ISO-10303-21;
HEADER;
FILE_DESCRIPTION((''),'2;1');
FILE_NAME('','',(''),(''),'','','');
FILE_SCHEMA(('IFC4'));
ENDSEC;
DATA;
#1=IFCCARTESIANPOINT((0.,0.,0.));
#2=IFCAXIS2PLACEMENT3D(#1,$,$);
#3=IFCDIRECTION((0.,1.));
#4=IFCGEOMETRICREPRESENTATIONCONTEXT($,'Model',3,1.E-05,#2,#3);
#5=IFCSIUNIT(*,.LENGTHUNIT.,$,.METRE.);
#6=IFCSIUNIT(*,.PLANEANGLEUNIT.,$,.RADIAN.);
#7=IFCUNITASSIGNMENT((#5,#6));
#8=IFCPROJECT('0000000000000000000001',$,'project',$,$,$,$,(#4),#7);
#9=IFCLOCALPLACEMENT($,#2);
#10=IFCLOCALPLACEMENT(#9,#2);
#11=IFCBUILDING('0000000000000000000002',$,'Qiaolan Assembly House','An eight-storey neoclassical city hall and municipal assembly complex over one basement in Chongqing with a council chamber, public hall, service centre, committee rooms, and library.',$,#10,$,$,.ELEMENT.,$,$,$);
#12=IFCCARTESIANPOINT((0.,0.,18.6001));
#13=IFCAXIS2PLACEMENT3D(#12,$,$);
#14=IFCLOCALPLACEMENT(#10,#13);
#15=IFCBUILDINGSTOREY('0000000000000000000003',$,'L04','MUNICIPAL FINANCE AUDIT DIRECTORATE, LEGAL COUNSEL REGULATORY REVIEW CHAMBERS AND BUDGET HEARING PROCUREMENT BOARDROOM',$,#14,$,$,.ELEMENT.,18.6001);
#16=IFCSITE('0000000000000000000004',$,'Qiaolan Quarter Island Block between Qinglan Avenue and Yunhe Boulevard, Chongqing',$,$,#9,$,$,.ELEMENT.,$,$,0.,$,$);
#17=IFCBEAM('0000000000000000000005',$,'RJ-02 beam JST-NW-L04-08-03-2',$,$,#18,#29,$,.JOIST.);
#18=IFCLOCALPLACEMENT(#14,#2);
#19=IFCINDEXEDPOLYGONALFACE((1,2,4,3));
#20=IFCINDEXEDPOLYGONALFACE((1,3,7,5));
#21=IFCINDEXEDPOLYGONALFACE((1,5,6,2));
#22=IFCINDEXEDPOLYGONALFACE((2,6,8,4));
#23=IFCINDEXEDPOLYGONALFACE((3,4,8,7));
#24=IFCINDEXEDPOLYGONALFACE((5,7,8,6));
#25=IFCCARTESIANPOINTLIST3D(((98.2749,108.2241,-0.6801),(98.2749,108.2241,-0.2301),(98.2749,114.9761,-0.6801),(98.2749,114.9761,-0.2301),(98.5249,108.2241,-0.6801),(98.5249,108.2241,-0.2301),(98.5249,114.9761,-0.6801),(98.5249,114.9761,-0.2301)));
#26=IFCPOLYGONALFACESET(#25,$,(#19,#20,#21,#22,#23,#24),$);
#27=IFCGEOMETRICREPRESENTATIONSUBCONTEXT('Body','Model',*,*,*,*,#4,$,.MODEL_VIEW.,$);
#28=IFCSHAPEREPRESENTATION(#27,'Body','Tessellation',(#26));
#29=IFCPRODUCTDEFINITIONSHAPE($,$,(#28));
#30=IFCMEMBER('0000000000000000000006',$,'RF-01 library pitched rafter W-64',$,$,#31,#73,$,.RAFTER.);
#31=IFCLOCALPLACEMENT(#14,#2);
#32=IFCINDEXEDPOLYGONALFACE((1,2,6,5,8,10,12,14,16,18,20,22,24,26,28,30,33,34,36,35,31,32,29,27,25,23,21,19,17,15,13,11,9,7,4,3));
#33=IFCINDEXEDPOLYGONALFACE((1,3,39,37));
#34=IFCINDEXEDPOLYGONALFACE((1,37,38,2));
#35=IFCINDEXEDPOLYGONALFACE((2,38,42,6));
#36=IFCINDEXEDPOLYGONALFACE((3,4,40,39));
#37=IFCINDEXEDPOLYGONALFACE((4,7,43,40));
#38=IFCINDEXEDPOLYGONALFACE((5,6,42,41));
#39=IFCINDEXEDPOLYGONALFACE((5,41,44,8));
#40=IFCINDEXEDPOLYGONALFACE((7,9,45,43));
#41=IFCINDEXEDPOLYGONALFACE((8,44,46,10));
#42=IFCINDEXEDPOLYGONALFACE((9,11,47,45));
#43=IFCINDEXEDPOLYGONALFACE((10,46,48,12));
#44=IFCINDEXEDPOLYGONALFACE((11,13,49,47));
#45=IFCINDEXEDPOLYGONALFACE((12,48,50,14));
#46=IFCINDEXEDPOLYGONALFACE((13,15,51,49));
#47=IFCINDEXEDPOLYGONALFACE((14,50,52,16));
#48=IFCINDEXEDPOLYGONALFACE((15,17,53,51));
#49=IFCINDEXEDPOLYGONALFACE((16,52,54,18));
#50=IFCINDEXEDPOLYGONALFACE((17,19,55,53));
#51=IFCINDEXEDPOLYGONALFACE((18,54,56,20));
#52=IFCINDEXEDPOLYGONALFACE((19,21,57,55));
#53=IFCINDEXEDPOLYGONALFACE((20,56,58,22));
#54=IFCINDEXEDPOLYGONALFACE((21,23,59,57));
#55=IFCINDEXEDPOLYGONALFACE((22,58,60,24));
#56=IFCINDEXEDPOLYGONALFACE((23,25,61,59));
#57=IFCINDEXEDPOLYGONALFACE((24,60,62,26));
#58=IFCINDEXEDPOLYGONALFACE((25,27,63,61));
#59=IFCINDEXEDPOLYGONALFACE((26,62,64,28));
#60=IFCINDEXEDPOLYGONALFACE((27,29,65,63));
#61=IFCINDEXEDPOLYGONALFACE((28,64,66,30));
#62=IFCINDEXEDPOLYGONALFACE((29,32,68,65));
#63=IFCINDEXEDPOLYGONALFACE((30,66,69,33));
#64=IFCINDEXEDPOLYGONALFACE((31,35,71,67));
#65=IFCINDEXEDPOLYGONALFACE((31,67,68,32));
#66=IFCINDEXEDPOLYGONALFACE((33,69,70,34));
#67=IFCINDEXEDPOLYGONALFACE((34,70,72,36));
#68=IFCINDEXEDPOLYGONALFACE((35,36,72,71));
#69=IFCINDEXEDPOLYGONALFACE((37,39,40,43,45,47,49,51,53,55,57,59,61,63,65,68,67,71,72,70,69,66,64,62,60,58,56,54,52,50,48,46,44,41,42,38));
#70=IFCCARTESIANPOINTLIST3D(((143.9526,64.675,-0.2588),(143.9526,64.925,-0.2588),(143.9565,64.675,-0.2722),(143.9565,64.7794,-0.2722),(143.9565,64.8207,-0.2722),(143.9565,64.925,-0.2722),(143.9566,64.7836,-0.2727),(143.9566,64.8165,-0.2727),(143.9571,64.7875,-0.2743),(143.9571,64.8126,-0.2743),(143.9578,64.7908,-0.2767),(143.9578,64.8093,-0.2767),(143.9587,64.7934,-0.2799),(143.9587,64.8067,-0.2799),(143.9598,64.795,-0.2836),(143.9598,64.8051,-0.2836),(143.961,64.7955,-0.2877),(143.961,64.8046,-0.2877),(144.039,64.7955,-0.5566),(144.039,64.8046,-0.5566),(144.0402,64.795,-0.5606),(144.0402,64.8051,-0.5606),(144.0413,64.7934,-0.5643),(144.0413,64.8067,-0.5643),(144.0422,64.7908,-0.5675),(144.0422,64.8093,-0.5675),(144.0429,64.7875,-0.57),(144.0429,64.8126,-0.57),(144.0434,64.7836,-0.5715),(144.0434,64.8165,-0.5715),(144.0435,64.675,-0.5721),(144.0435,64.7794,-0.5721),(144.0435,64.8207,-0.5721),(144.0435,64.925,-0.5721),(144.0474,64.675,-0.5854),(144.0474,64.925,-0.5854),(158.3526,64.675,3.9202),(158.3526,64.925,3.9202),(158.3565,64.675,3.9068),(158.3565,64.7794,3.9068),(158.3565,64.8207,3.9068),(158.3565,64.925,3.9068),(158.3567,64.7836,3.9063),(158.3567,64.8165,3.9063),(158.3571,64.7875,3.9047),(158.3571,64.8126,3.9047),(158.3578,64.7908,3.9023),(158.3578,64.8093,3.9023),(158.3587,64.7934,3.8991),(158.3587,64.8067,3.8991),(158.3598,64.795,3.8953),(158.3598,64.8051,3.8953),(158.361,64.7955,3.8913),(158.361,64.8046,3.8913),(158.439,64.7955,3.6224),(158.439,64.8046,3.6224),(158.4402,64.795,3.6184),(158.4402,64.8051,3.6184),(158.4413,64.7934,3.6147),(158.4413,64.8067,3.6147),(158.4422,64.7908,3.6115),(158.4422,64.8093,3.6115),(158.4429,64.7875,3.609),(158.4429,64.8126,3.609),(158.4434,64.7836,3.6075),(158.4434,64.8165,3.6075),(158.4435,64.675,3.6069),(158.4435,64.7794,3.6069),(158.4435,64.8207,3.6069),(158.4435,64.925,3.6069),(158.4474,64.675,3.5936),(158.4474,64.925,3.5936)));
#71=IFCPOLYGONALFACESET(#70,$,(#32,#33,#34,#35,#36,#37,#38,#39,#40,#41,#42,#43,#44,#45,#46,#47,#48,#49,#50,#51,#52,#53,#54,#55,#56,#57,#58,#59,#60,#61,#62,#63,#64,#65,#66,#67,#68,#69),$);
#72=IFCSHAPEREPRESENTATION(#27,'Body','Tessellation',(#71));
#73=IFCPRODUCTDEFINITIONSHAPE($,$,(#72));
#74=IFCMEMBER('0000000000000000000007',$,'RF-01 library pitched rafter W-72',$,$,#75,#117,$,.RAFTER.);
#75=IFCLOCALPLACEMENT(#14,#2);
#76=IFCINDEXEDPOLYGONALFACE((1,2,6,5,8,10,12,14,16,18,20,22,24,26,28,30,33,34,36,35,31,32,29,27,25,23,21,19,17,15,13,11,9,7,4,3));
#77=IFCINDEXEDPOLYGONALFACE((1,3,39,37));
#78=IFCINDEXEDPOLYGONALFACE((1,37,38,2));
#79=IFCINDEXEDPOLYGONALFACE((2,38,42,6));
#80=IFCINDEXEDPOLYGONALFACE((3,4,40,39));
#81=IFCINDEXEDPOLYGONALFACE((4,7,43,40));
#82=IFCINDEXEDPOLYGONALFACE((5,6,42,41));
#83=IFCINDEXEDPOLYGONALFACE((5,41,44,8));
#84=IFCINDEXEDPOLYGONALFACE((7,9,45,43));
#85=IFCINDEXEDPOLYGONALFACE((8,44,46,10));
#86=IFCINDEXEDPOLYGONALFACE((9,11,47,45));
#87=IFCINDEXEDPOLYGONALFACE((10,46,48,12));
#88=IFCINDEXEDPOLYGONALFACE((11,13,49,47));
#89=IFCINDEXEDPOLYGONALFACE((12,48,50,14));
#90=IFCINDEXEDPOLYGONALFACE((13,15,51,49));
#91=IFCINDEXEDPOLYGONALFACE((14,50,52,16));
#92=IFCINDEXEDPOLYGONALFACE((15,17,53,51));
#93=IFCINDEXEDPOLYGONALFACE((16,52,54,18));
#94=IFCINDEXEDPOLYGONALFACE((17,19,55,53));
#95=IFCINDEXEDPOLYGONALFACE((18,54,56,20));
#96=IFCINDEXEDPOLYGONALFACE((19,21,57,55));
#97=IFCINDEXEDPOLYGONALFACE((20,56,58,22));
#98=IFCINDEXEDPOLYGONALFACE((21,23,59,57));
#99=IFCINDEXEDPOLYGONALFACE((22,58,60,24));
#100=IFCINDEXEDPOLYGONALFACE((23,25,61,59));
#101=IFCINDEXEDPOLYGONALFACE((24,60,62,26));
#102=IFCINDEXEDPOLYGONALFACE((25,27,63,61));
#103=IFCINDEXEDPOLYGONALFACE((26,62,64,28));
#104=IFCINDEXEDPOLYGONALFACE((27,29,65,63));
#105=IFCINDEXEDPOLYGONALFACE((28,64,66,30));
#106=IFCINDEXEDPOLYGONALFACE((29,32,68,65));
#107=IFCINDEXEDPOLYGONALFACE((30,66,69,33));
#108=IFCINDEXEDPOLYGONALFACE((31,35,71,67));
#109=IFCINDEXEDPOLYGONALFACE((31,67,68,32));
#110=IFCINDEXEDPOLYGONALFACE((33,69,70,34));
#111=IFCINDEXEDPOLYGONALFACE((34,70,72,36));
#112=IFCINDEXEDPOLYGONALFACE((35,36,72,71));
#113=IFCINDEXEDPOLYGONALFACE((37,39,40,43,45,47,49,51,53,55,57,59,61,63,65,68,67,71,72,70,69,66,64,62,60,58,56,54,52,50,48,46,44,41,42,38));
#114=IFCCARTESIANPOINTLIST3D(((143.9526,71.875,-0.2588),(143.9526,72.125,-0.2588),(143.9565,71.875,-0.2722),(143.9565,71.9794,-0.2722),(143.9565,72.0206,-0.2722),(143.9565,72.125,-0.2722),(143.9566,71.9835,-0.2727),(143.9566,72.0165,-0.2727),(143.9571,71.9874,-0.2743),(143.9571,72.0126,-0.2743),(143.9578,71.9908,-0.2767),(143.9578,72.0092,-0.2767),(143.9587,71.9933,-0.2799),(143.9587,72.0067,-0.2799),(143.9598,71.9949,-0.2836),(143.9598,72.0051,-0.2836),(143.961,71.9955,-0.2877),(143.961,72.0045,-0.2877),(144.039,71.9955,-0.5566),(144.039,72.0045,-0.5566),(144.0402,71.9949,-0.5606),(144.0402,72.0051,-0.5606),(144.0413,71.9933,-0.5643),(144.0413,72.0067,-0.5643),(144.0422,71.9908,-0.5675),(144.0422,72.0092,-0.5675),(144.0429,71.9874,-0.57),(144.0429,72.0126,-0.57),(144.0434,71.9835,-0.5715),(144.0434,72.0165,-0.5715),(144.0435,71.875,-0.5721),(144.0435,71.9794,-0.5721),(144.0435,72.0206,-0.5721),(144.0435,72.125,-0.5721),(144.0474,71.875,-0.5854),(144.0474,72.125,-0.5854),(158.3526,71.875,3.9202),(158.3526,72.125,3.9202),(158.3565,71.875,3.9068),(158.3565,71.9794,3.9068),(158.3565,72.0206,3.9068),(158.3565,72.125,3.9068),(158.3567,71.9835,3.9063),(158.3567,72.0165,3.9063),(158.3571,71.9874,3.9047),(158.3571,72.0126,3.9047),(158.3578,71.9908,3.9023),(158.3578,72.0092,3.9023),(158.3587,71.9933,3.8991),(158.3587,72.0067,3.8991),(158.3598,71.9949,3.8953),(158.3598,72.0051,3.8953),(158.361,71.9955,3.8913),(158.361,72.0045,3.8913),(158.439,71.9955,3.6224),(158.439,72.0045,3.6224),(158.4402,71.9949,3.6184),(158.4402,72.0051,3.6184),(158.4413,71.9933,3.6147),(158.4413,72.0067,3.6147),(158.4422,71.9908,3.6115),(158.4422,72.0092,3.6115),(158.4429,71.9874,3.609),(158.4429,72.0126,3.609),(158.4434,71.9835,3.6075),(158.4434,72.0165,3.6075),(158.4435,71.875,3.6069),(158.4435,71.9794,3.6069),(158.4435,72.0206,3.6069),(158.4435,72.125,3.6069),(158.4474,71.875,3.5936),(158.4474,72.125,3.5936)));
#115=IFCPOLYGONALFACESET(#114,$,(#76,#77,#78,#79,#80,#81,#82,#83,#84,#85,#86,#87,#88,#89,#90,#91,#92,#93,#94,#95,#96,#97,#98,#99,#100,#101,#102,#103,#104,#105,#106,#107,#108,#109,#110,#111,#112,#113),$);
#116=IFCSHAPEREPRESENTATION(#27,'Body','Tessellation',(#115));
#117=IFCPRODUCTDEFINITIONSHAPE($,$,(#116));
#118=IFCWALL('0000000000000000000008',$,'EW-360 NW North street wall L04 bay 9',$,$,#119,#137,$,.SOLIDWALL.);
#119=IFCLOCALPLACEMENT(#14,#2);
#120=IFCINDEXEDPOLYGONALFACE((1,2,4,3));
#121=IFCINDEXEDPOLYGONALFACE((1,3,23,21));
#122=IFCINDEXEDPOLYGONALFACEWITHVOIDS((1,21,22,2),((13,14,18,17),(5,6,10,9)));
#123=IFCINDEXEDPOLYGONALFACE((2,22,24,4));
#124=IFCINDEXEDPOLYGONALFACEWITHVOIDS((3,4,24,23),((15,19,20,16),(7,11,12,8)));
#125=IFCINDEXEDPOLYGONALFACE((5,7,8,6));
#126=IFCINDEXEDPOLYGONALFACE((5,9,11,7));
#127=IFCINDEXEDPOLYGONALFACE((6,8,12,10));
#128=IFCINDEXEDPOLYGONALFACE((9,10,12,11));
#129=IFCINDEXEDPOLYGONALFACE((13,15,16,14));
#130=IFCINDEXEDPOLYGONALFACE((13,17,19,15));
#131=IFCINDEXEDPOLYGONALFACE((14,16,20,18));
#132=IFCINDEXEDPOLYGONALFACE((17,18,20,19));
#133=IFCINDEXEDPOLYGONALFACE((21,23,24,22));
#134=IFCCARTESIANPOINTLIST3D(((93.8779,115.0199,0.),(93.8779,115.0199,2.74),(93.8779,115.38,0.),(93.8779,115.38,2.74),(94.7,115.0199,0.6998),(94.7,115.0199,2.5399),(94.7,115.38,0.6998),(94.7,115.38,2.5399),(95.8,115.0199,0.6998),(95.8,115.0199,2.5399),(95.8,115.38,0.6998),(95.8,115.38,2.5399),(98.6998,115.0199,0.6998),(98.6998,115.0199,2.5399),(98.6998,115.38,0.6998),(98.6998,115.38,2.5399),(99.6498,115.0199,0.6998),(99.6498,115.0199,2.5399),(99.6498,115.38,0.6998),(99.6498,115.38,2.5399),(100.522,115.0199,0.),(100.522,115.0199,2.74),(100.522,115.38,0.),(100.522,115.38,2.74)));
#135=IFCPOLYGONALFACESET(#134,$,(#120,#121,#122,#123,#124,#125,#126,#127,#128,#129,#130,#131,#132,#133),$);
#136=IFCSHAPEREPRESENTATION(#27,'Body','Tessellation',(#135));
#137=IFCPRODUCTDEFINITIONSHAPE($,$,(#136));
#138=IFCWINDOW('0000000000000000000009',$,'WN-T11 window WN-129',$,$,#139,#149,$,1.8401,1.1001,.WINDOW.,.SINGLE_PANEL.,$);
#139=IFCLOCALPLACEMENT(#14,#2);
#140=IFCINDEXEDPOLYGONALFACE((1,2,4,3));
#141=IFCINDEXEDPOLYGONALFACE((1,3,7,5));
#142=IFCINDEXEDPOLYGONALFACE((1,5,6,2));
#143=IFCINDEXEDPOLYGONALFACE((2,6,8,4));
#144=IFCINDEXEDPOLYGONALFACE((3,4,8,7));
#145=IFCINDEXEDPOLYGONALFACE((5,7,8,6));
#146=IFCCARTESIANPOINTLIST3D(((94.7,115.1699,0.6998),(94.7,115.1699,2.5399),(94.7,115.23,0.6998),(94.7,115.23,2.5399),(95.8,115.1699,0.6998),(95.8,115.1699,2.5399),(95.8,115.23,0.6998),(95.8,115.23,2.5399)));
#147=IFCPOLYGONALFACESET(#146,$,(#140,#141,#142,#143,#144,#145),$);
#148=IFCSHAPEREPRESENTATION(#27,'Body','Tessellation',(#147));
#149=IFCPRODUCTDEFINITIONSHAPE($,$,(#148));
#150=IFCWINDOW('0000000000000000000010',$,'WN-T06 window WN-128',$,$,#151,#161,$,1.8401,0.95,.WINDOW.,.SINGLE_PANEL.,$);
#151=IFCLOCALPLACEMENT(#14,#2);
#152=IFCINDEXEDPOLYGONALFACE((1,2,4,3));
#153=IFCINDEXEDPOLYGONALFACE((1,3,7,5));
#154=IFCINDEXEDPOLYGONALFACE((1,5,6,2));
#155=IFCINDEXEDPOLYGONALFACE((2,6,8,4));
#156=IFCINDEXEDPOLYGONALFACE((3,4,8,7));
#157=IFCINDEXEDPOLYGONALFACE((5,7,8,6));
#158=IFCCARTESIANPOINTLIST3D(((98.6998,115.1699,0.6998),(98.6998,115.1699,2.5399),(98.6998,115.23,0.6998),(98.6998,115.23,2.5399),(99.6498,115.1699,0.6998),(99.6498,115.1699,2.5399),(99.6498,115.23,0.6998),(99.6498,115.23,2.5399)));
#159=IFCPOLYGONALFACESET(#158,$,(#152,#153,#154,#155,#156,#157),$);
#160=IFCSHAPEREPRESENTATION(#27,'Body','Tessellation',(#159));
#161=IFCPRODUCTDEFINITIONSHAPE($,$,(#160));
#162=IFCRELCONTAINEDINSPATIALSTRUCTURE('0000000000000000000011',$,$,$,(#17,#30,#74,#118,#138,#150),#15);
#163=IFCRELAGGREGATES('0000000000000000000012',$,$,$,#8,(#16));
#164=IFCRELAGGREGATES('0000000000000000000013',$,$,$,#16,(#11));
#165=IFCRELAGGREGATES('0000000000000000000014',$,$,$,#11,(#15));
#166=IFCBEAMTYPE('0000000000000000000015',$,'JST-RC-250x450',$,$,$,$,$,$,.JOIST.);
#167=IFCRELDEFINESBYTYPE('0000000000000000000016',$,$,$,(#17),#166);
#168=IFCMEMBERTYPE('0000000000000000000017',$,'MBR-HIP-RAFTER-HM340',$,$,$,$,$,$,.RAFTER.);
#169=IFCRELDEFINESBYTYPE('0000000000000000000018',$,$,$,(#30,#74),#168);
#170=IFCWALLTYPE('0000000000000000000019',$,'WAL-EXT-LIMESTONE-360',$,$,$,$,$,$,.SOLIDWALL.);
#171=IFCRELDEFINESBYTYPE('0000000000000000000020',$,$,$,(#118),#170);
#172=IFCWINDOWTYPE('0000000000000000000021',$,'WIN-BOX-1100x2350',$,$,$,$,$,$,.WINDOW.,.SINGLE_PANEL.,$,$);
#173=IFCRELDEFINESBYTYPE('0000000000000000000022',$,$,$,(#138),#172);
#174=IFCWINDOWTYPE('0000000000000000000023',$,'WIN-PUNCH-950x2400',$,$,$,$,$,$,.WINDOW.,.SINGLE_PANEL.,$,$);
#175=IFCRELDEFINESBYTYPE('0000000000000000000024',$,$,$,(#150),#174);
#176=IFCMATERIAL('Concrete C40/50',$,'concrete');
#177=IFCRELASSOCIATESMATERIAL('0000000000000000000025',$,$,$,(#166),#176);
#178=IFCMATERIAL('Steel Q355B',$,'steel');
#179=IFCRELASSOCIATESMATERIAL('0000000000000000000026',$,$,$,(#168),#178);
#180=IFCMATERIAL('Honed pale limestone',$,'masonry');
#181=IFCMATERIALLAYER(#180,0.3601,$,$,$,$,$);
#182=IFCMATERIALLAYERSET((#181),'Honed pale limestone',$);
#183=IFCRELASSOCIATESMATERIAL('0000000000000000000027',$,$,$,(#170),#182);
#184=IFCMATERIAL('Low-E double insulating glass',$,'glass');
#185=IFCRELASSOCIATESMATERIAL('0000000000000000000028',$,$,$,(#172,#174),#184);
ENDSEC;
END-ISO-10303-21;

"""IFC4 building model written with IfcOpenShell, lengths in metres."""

from ifc_helpers import new_model, si_unit, direction, frame, frame_2d, origin, origin_2d, place, context, subcontext, project, spatial, rectangle, i_section, extrude, material, layer, layer_set, material_profile, profile_set, type_object, element, fill, save


model = new_model("IFC4")

# Units and contexts
model_context = context("Model", 3, precision=1e-05, world=origin(), true_north=direction((0.0, 1.0)))
body_context = subcontext(model_context, "Body", "Model", "MODEL_VIEW")
ifc_project = project(units=[si_unit("LENGTHUNIT", "METRE"), si_unit("PLANEANGLEUNIT", "RADIAN")], contexts=[model_context])

# Site, building, storey
site_placement = place(None, origin())
site = spatial("IfcSite", under=ifc_project, at=site_placement, Name="Qiaolan Quarter Island Block between Qinglan Avenue and Yunhe Boulevard, Chongqing", CompositionType="ELEMENT", RefElevation=0.0)
building_placement = place(site_placement, origin())
building = spatial("IfcBuilding", under=site, at=building_placement, Name="Qiaolan Assembly House", Description="An eight-storey neoclassical city hall and municipal assembly complex over one basement in Chongqing with a council chamber, public hall, service centre, committee rooms, and library.", CompositionType="ELEMENT")
storey_placement = place(building_placement, frame((0.0, 0.0, 18.6001)))
storey = spatial("IfcBuildingStorey", under=building, at=storey_placement, Name="L04", Description="MUNICIPAL FINANCE AUDIT DIRECTORATE, LEGAL COUNSEL REGULATORY REVIEW CHAMBERS AND BUDGET HEARING PROCUREMENT BOARDROOM", CompositionType="ELEMENT", Elevation=18.6001)

# Shared definitions
ifc_material_1 = material(Name="Concrete C40/50", Category="concrete")

# Beam
ifc_material_2 = material(Name="Steel Q355B", Category="steel")
ifc_material_profile_1 = material_profile(ifc_material_1, rectangle(XDim=0.25, YDim=0.45, at=origin_2d()), Name="RCB 250x450")
ifc_profile_set_1 = profile_set([ifc_material_profile_1], Name="Concrete C40/50")
beam_type_1 = type_object("IfcBeamType", Name="JST-RC-250x450", PredefinedType="JOIST", material=ifc_profile_set_1)
for number, where, z_axis, x_axis, name in (
    (1, (98.3999, 108.2241, -0.4551), (0.0, 1.0, 0.0), (-1.0, 0.0, 0.0), "RJ-02 beam JST-NW-L04-08-03-2"),
):
    element("IfcBeam", number, at=place(storey_placement, frame(where, z_axis=z_axis, x_axis=x_axis)), inside=storey, type_object=beam_type_1, Name=name, PredefinedType="JOIST", context=body_context, shape_type="SweptSolid", body=[
        extrude(rectangle(XDim=0.25, YDim=0.45, at=origin_2d()), origin(), (0.0, 0.0, 1.0), 6.752),
    ])

# Members
ifc_material_profile_2 = material_profile(ifc_material_2, i_section(OverallWidth=0.25, OverallDepth=0.3401, WebThickness=0.009, FlangeThickness=0.0139, FilletRadius=0.0161, at=origin_2d()), Name="HM 340x250x9x14-RF")
ifc_profile_set_2 = profile_set([ifc_material_profile_2], Name="Steel Q355B")
member_type = type_object("IfcMemberType", Name="MBR-HIP-RAFTER-HM340", PredefinedType="RAFTER", material=ifc_profile_set_2)
for number, where, z_axis, x_axis, name in (
    (2, (144.0, 64.8, -0.4221), (0.960376, 0.0, 0.278708), (0.0, 1.0, 0.0), "RF-01 library pitched rafter W-64"),
    (3, (144.0, 72.0, -0.4221), (0.960376, 0.0, 0.278708), (0.0, 1.0, 0.0), "RF-01 library pitched rafter W-72"),
):
    element("IfcMember", number, at=place(storey_placement, frame(where, z_axis=z_axis, x_axis=x_axis)), inside=storey, type_object=member_type, Name=name, PredefinedType="RAFTER", context=body_context, shape_type="SweptSolid", body=[
        extrude(i_section(OverallWidth=0.25, OverallDepth=0.3401, WebThickness=0.009, FlangeThickness=0.0139, FilletRadius=0.0161, at=origin_2d()), origin(), (0.0, 0.0, 1.0), 14.9941),
    ])

# Wall, openings, windows
ifc_material_3 = material(Name="Honed pale limestone", Category="masonry")
ifc_layer = layer(ifc_material_3, 0.3601)
ifc_layer_set = layer_set([ifc_layer], Name="Honed pale limestone")
wall_type = type_object("IfcWallType", Name="WAL-EXT-LIMESTONE-360", PredefinedType="SOLIDWALL", material=ifc_layer_set)
wall_1_placement = place(storey_placement, frame((100.522, 115.2, 0.0), z_axis=(0.0, 0.0, 1.0), x_axis=(-1.0, 0.0, 0.0)))
wall_1 = element("IfcWall", 4, at=wall_1_placement, inside=storey, type_object=wall_type, Name="EW-360 NW North street wall L04 bay 9", PredefinedType="SOLIDWALL", context=body_context, shape_type="SweptSolid", body=[
    extrude(rectangle(XDim=6.644, YDim=0.3601, at=frame_2d((3.322, 0.0))), origin(), (0.0, 0.0, 1.0), 2.74),
])
opening_1_placement = place(wall_1_placement, frame((0.8721, 0.0, 0.7)))
opening_1 = element("IfcOpeningElement", 5, at=opening_1_placement, cuts=wall_1, PredefinedType="OPENING", context=body_context, shape_type="SweptSolid", body=[
    extrude(rectangle(XDim=0.95, YDim=1.8401, at=frame_2d((0.4751, 0.9199))), frame((0.0, 0.1899, 0.0), z_axis=(0.0, -1.0, 0.0), x_axis=(1.0, 0.0, 0.0)), (0.0, 0.0, 1.0), 0.3801),
])
opening_2_placement = place(wall_1_placement, frame((4.7219, 0.0, 0.7)))
opening_2 = element("IfcOpeningElement", 6, at=opening_2_placement, cuts=wall_1, PredefinedType="OPENING", context=body_context, shape_type="SweptSolid", body=[
    extrude(rectangle(XDim=1.1001, YDim=1.8401, at=frame_2d((0.55, 0.9199))), frame((0.0, 0.1899, 0.0), z_axis=(0.0, -1.0, 0.0), x_axis=(1.0, 0.0, 0.0)), (0.0, 0.0, 1.0), 0.3801),
])
ifc_material_4 = material(Name="Low-E double insulating glass", Category="glass")
window_type_1 = type_object("IfcWindowType", Name="WIN-BOX-1100x2350", PartitioningType="SINGLE_PANEL", PredefinedType="WINDOW", material=ifc_material_4)
window_1_placement = place(opening_2_placement, origin())
window_1 = element("IfcWindow", 7, at=window_1_placement, inside=storey, type_object=window_type_1, Name="WN-T11 window WN-129", OverallHeight=1.8401, OverallWidth=1.1001, PartitioningType="SINGLE_PANEL", PredefinedType="WINDOW", context=body_context, shape_type="SweptSolid", body=[
    extrude(rectangle(XDim=1.1001, YDim=1.8401, at=frame_2d((0.55, 0.9199))), frame((0.0, 0.03, 0.0), z_axis=(0.0, -1.0, 0.0), x_axis=(1.0, 0.0, 0.0)), (0.0, 0.0, 1.0), 0.0601),
])
fill(opening_2, window_1)
window_type_2 = type_object("IfcWindowType", Name="WIN-PUNCH-950x2400", PartitioningType="SINGLE_PANEL", PredefinedType="WINDOW", material=ifc_material_4)
window_2_placement = place(opening_1_placement, origin())
window_2 = element("IfcWindow", 8, at=window_2_placement, inside=storey, type_object=window_type_2, Name="WN-T06 window WN-128", OverallHeight=1.8401, OverallWidth=0.95, PartitioningType="SINGLE_PANEL", PredefinedType="WINDOW", context=body_context, shape_type="SweptSolid", body=[
    extrude(rectangle(XDim=0.95, YDim=1.8401, at=frame_2d((0.4751, 0.9199))), frame((0.0, 0.03, 0.0), z_axis=(0.0, -1.0, 0.0), x_axis=(1.0, 0.0, 0.0)), (0.0, 0.0, 1.0), 0.0601),
])
fill(opening_1, window_2)

save(model, "model.ifc")
